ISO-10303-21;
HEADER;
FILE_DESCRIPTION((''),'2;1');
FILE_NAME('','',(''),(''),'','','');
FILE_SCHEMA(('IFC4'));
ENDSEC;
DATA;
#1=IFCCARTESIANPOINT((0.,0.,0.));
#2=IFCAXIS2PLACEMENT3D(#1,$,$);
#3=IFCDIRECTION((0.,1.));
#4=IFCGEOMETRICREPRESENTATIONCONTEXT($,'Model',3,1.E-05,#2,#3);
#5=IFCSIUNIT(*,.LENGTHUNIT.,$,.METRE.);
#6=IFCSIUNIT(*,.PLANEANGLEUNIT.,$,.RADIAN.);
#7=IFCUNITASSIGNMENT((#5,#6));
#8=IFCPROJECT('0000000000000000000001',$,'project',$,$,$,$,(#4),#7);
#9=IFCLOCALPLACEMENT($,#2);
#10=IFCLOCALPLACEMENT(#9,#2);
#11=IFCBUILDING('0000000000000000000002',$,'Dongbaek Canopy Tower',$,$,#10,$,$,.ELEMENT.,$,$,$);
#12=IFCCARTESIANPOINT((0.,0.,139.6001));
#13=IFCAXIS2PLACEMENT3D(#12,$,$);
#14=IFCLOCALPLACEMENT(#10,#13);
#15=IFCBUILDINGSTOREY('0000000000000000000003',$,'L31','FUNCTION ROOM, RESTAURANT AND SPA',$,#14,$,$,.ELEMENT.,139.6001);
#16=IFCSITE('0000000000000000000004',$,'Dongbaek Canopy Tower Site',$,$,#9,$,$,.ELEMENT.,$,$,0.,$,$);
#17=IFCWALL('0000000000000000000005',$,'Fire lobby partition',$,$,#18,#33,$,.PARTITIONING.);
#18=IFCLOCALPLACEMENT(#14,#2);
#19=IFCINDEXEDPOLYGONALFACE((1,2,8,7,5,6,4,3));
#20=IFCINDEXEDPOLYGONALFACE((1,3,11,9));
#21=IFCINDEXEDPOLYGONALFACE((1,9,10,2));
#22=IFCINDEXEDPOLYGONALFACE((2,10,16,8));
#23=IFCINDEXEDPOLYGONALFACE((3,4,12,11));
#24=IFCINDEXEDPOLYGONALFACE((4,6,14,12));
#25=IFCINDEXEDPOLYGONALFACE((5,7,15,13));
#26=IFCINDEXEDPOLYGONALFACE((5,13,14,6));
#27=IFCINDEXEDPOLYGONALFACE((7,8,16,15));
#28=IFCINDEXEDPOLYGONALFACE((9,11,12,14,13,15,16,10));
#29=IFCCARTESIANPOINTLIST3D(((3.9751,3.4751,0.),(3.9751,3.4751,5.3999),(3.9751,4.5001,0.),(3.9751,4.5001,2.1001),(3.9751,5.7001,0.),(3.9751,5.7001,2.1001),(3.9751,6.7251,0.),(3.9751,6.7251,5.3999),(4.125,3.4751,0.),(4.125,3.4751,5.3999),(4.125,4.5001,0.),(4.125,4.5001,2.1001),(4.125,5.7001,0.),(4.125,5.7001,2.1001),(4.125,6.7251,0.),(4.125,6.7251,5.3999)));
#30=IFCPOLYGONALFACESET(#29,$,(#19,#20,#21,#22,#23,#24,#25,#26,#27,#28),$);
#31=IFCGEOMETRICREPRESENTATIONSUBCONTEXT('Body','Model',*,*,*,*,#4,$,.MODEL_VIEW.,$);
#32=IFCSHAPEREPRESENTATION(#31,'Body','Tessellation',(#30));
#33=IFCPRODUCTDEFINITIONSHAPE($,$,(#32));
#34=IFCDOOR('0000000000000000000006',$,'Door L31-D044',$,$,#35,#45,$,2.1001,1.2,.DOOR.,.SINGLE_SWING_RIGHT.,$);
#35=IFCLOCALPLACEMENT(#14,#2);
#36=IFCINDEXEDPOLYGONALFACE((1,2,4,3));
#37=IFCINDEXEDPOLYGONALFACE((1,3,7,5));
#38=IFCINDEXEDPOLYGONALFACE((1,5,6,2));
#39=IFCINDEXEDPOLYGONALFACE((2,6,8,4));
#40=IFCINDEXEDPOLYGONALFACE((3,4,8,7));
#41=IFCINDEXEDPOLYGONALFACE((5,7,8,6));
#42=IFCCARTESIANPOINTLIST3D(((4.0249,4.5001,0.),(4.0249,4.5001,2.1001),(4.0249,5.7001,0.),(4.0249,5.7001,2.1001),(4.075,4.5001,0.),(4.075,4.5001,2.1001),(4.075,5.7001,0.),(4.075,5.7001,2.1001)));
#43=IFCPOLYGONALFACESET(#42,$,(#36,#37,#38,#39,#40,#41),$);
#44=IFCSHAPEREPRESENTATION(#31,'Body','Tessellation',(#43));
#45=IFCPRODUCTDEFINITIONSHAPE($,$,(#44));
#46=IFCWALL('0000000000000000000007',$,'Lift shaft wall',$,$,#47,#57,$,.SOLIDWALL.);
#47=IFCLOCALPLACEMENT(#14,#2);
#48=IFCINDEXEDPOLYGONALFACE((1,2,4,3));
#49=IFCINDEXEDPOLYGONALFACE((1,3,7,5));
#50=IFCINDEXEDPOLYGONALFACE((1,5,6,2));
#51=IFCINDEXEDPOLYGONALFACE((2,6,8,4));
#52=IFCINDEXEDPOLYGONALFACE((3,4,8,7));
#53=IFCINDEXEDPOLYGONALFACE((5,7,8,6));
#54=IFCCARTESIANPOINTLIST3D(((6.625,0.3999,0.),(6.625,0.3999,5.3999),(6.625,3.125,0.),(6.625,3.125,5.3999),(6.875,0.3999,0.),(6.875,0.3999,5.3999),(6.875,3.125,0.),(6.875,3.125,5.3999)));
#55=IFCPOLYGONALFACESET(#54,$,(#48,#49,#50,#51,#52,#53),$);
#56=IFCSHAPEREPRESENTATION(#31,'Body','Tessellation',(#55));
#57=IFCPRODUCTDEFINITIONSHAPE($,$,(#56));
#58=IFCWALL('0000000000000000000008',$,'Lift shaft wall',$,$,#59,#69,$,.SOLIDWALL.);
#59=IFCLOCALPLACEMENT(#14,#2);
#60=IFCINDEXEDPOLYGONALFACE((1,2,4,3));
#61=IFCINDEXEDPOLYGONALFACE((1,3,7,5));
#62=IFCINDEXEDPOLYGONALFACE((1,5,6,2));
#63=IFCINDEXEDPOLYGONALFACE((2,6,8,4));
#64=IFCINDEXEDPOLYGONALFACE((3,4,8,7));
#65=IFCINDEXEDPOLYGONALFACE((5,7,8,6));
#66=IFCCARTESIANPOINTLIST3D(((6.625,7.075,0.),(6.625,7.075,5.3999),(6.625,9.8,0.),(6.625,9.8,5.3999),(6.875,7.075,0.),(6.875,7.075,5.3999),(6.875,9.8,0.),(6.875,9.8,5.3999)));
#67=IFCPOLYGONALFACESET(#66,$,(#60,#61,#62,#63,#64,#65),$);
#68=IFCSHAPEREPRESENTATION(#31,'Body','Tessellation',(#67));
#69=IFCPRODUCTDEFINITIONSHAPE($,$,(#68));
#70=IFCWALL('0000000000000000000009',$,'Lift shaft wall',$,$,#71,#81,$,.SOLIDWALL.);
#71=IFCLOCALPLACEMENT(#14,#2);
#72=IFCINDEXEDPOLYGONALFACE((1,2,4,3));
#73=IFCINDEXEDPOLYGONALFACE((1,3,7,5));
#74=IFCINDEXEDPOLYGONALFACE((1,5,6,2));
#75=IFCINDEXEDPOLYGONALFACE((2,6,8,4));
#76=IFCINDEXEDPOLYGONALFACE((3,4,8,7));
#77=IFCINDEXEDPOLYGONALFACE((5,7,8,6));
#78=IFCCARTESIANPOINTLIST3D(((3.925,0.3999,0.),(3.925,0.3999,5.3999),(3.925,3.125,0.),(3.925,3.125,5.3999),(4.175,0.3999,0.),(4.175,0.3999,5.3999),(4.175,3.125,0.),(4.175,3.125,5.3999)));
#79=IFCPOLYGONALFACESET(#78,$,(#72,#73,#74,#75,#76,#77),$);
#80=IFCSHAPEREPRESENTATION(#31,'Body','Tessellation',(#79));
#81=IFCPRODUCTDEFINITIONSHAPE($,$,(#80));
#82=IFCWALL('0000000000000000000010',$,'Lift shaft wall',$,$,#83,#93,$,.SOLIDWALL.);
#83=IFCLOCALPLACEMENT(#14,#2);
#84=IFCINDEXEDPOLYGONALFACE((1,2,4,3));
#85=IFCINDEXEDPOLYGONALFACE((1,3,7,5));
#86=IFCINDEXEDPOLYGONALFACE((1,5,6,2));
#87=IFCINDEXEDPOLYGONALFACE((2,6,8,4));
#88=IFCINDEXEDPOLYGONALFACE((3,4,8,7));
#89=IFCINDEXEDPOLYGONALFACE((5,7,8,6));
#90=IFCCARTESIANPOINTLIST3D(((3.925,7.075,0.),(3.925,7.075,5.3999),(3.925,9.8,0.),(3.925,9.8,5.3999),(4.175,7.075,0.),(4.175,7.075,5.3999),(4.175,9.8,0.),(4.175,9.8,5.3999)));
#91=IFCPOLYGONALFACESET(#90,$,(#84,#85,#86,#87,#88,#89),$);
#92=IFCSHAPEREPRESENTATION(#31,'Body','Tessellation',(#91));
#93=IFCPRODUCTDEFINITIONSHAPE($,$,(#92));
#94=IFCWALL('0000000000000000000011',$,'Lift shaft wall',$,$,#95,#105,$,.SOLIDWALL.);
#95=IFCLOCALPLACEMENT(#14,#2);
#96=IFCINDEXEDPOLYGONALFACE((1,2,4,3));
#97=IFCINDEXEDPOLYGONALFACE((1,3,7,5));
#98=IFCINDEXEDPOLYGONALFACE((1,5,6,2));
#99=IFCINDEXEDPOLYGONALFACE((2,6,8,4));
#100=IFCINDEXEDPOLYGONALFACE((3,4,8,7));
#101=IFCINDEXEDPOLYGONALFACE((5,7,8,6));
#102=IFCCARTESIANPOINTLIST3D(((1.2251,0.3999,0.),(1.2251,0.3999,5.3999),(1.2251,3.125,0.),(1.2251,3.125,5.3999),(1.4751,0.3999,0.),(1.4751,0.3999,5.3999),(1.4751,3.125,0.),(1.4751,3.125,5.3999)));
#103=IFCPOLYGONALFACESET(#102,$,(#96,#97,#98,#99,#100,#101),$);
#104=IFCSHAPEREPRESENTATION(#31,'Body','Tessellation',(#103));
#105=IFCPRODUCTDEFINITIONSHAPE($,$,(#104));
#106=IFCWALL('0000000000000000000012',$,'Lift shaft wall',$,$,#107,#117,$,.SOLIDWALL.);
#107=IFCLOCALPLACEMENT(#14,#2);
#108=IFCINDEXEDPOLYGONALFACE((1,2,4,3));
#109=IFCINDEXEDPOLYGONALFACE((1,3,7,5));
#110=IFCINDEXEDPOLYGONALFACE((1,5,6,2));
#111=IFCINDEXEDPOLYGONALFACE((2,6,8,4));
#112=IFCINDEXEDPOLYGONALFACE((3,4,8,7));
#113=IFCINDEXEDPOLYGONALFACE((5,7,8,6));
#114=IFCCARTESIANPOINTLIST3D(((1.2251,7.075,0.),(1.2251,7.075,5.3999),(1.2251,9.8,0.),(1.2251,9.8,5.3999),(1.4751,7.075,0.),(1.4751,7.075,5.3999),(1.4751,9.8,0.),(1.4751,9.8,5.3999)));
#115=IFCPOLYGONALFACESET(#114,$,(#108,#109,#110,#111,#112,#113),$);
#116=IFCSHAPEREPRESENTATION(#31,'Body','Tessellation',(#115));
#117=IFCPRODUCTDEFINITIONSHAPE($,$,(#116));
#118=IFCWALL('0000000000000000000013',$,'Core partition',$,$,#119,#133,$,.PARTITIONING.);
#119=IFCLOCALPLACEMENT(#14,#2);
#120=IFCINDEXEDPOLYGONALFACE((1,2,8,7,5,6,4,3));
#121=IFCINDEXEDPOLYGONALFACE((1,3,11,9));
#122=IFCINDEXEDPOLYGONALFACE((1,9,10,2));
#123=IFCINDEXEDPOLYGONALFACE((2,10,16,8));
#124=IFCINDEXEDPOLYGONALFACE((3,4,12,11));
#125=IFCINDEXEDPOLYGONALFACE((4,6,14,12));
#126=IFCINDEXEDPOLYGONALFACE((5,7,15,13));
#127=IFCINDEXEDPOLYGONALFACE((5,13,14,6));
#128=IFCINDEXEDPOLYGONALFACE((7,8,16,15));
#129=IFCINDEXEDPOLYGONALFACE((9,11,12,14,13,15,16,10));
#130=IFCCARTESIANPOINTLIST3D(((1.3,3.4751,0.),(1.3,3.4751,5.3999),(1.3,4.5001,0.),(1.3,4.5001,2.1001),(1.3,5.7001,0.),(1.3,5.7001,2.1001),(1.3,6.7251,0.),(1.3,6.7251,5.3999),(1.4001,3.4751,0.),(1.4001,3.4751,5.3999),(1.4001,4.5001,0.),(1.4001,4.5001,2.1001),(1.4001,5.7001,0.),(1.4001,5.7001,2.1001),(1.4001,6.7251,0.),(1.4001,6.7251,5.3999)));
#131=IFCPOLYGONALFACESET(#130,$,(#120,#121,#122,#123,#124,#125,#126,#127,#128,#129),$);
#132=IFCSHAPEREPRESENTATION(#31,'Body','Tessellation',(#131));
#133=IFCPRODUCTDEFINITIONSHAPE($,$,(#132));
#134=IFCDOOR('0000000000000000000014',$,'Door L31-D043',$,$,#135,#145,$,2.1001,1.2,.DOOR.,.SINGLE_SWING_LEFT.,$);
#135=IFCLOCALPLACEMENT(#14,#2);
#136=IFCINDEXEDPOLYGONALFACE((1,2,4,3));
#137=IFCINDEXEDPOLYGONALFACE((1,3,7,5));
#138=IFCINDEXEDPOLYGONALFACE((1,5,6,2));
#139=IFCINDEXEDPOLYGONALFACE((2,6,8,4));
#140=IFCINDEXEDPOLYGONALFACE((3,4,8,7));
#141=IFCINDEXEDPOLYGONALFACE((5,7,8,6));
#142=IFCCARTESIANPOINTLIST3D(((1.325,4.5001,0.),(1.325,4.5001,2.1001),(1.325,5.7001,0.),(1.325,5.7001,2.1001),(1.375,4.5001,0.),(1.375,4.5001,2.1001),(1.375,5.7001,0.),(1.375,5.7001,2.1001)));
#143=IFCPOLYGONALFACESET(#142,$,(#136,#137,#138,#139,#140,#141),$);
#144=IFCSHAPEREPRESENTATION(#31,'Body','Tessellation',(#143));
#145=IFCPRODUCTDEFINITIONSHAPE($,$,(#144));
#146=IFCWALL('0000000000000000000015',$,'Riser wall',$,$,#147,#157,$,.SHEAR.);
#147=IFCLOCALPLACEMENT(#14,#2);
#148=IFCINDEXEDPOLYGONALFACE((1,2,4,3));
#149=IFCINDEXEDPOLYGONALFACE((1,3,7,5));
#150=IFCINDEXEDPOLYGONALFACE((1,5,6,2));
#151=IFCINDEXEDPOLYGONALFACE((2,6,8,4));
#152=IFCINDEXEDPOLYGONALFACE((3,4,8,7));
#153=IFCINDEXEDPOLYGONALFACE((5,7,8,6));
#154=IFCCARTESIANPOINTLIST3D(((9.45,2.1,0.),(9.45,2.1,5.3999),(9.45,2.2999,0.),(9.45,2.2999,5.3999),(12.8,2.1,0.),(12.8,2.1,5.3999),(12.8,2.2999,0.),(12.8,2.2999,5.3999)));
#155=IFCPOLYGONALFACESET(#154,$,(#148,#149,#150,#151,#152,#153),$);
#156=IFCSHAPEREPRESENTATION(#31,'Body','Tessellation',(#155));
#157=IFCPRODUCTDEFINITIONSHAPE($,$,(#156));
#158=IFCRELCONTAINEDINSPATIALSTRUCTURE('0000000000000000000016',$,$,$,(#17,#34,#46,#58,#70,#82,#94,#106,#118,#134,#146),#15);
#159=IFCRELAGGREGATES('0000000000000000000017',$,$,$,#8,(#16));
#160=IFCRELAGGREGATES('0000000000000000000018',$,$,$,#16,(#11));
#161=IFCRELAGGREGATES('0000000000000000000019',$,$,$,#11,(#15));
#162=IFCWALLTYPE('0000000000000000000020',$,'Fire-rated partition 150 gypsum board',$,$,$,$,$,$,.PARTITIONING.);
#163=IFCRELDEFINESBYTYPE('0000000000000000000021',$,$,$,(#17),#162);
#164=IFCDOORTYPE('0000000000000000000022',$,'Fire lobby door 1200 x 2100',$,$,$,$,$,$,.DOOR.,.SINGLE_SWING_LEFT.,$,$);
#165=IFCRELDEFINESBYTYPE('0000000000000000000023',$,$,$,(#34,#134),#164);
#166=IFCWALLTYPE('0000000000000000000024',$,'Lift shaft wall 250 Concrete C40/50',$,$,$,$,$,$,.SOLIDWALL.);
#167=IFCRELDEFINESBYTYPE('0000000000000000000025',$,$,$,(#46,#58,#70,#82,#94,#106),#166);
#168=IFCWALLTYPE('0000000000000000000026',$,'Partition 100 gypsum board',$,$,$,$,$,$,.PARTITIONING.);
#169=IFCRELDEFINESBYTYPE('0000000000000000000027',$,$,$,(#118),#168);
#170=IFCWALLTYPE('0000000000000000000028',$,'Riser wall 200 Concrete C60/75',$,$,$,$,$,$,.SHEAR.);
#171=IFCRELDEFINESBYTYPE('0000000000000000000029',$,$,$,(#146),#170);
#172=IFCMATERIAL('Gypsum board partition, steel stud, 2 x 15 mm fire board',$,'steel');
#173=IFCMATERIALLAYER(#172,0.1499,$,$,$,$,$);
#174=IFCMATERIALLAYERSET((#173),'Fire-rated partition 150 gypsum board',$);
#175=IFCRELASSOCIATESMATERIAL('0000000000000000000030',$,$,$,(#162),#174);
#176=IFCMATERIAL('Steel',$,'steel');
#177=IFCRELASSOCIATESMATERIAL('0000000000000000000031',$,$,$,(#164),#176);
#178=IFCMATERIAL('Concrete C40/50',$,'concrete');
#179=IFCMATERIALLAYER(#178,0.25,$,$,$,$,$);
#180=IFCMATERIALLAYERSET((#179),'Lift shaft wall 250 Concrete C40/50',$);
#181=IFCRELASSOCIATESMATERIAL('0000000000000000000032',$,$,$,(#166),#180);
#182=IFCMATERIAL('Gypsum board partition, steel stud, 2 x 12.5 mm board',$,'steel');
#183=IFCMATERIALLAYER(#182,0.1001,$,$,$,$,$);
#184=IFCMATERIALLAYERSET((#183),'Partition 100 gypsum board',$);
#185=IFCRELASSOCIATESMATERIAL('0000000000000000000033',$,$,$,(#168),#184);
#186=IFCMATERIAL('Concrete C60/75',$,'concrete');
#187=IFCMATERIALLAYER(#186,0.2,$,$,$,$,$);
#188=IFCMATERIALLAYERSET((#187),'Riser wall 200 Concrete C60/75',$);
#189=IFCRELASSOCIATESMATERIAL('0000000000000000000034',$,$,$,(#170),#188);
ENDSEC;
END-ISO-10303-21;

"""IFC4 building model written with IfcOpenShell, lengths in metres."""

from ifc_helpers import new_model, si_unit, direction, frame, frame_2d, origin, place, context, subcontext, project, spatial, rectangle, extrude, material, layer, layer_set, type_object, element, fill, save


model = new_model("IFC4")

# Units and contexts
model_context = context("Model", 3, precision=1e-05, world=origin(), true_north=direction((0.0, 1.0)))
body_context = subcontext(model_context, "Body", "Model", "MODEL_VIEW")
ifc_project = project(units=[si_unit("LENGTHUNIT", "METRE"), si_unit("PLANEANGLEUNIT", "RADIAN")], contexts=[model_context])

# Site, building, storey
site_placement = place(None, origin())
site = spatial("IfcSite", under=ifc_project, at=site_placement, Name="Dongbaek Canopy Tower Site", CompositionType="ELEMENT", RefElevation=0.0)
building_placement = place(site_placement, origin())
building = spatial("IfcBuilding", under=site, at=building_placement, Name="Dongbaek Canopy Tower", CompositionType="ELEMENT")
storey_placement = place(building_placement, frame((0.0, 0.0, 139.6001)))
storey = spatial("IfcBuildingStorey", under=building, at=storey_placement, Name="L31", Description="FUNCTION ROOM, RESTAURANT AND SPA", CompositionType="ELEMENT", Elevation=139.6001)

# Wall, opening, door
ifc_material_1 = material(Name="Gypsum board partition, steel stud, 2 x 15 mm fire board", Category="steel")
ifc_layer_1 = layer(ifc_material_1, 0.1499)
ifc_layer_set_1 = layer_set([ifc_layer_1], Name="Fire-rated partition 150 gypsum board")
wall_type_1 = type_object("IfcWallType", Name="Fire-rated partition 150 gypsum board", PredefinedType="PARTITIONING", material=ifc_layer_set_1)
wall_1_placement = place(storey_placement, frame((4.05, 6.7251, 0.0), z_axis=(0.0, 0.0, 1.0), x_axis=(0.0, -1.0, 0.0)))
wall_1 = element("IfcWall", 1, at=wall_1_placement, inside=storey, type_object=wall_type_1, Name="Fire lobby partition", PredefinedType="PARTITIONING", context=body_context, shape_type="SweptSolid", body=[
    extrude(rectangle(XDim=3.25, YDim=0.1499, at=frame_2d((1.625, 0.0))), origin(), (0.0, 0.0, 1.0), 5.3999),
])
opening_1_placement = place(wall_1_placement, frame((1.0249, 0.0, 0.0)))
opening_1 = element("IfcOpeningElement", 2, at=opening_1_placement, cuts=wall_1, PredefinedType="OPENING", context=body_context, shape_type="SweptSolid", body=[
    extrude(rectangle(XDim=1.2, YDim=2.1001, at=frame_2d((0.6001, 1.05))), frame((0.0, 0.085, 0.0), z_axis=(0.0, -1.0, 0.0), x_axis=(1.0, 0.0, 0.0)), (0.0, 0.0, 1.0), 0.1699),
])
ifc_material_2 = material(Name="Steel", Category="steel")
door_type_1 = type_object("IfcDoorType", Name="Fire lobby door 1200 x 2100", OperationType="SINGLE_SWING_LEFT", PredefinedType="DOOR", material=ifc_material_2)
door_1_placement = place(opening_1_placement, origin())
door_1 = element("IfcDoor", 3, at=door_1_placement, inside=storey, type_object=door_type_1, Name="Door L31-D044", OperationType="SINGLE_SWING_RIGHT", OverallHeight=2.1001, OverallWidth=1.2, PredefinedType="DOOR", context=body_context, shape_type="SweptSolid", body=[
    extrude(rectangle(XDim=1.2, YDim=2.1001, at=frame_2d((0.6001, 1.05))), frame((0.0, 0.0249, 0.0), z_axis=(0.0, -1.0, 0.0), x_axis=(1.0, 0.0, 0.0)), (0.0, 0.0, 1.0), 0.05),
])
fill(opening_1, door_1)

# Walls
ifc_material_3 = material(Name="Concrete C40/50", Category="concrete")
ifc_layer_2 = layer(ifc_material_3, 0.25)
ifc_layer_set_2 = layer_set([ifc_layer_2], Name="Lift shaft wall 250 Concrete C40/50")
wall_type_2 = type_object("IfcWallType", Name="Lift shaft wall 250 Concrete C40/50", PredefinedType="SOLIDWALL", material=ifc_layer_set_2)
for number, where, z_axis, x_axis, name in (
    (4, (6.75, 0.3999, 0.0), (0.0, 0.0, 1.0), (0.0, 1.0, 0.0), "Lift shaft wall"),
    (5, (6.75, 7.075, 0.0), (0.0, 0.0, 1.0), (0.0, 1.0, 0.0), "Lift shaft wall"),
    (6, (4.05, 0.3999, 0.0), (0.0, 0.0, 1.0), (0.0, 1.0, 0.0), "Lift shaft wall"),
    (7, (4.05, 7.075, 0.0), (0.0, 0.0, 1.0), (0.0, 1.0, 0.0), "Lift shaft wall"),
    (8, (1.3501, 0.3999, 0.0), (0.0, 0.0, 1.0), (0.0, 1.0, 0.0), "Lift shaft wall"),
    (9, (1.3501, 7.075, 0.0), (0.0, 0.0, 1.0), (0.0, 1.0, 0.0), "Lift shaft wall"),
):
    element("IfcWall", number, at=place(storey_placement, frame(where, z_axis=z_axis, x_axis=x_axis)), inside=storey, type_object=wall_type_2, Name=name, PredefinedType="SOLIDWALL", context=body_context, shape_type="SweptSolid", body=[
        extrude(rectangle(XDim=2.7251, YDim=0.25, at=frame_2d((1.3625, 0.0))), origin(), (0.0, 0.0, 1.0), 5.3999),
    ])

# Wall, opening, door
ifc_material_4 = material(Name="Gypsum board partition, steel stud, 2 x 12.5 mm board", Category="steel")
ifc_layer_3 = layer(ifc_material_4, 0.1001)
ifc_layer_set_3 = layer_set([ifc_layer_3], Name="Partition 100 gypsum board")
wall_type_3 = type_object("IfcWallType", Name="Partition 100 gypsum board", PredefinedType="PARTITIONING", material=ifc_layer_set_3)
wall_2_placement = place(storey_placement, frame((1.3501, 6.7251, 0.0), z_axis=(0.0, 0.0, 1.0), x_axis=(0.0, -1.0, 0.0)))
wall_2 = element("IfcWall", 10, at=wall_2_placement, inside=storey, type_object=wall_type_3, Name="Core partition", PredefinedType="PARTITIONING", context=body_context, shape_type="SweptSolid", body=[
    extrude(rectangle(XDim=3.25, YDim=0.1001, at=frame_2d((1.625, 0.0))), origin(), (0.0, 0.0, 1.0), 5.3999),
])
opening_2_placement = place(wall_2_placement, frame((1.0249, 0.0, 0.0)))
opening_2 = element("IfcOpeningElement", 11, at=opening_2_placement, cuts=wall_2, PredefinedType="OPENING", context=body_context, shape_type="SweptSolid", body=[
    extrude(rectangle(XDim=1.2, YDim=2.1001, at=frame_2d((0.6001, 1.05))), frame((0.0, 0.0601, 0.0), z_axis=(0.0, -1.0, 0.0), x_axis=(1.0, 0.0, 0.0)), (0.0, 0.0, 1.0), 0.1201),
])
door_2_placement = place(opening_2_placement, origin())
door_2 = element("IfcDoor", 12, at=door_2_placement, inside=storey, type_object=door_type_1, Name="Door L31-D043", OperationType="SINGLE_SWING_LEFT", OverallHeight=2.1001, OverallWidth=1.2, PredefinedType="DOOR", context=body_context, shape_type="SweptSolid", body=[
    extrude(rectangle(XDim=1.2, YDim=2.1001, at=frame_2d((0.6001, 1.05))), frame((0.0, 0.0249, 0.0), z_axis=(0.0, -1.0, 0.0), x_axis=(1.0, 0.0, 0.0)), (0.0, 0.0, 1.0), 0.05),
])
fill(opening_2, door_2)

# Wall
ifc_material_5 = material(Name="Concrete C60/75", Category="concrete")
ifc_layer_4 = layer(ifc_material_5, 0.2)
ifc_layer_set_4 = layer_set([ifc_layer_4], Name="Riser wall 200 Concrete C60/75")
wall_type_4 = type_object("IfcWallType", Name="Riser wall 200 Concrete C60/75", PredefinedType="SHEAR", material=ifc_layer_set_4)
wall_3_placement = place(storey_placement, frame((9.45, 2.2, 0.0), z_axis=(0.0, 0.0, 1.0), x_axis=(1.0, 0.0, 0.0)))
element("IfcWall", 13, at=wall_3_placement, inside=storey, type_object=wall_type_4, Name="Riser wall", PredefinedType="SHEAR", context=body_context, shape_type="SweptSolid", body=[
    extrude(rectangle(XDim=3.3501, YDim=0.2, at=frame_2d((1.675, 0.0))), origin(), (0.0, 0.0, 1.0), 5.3999),
])

save(model, "model.ifc")
